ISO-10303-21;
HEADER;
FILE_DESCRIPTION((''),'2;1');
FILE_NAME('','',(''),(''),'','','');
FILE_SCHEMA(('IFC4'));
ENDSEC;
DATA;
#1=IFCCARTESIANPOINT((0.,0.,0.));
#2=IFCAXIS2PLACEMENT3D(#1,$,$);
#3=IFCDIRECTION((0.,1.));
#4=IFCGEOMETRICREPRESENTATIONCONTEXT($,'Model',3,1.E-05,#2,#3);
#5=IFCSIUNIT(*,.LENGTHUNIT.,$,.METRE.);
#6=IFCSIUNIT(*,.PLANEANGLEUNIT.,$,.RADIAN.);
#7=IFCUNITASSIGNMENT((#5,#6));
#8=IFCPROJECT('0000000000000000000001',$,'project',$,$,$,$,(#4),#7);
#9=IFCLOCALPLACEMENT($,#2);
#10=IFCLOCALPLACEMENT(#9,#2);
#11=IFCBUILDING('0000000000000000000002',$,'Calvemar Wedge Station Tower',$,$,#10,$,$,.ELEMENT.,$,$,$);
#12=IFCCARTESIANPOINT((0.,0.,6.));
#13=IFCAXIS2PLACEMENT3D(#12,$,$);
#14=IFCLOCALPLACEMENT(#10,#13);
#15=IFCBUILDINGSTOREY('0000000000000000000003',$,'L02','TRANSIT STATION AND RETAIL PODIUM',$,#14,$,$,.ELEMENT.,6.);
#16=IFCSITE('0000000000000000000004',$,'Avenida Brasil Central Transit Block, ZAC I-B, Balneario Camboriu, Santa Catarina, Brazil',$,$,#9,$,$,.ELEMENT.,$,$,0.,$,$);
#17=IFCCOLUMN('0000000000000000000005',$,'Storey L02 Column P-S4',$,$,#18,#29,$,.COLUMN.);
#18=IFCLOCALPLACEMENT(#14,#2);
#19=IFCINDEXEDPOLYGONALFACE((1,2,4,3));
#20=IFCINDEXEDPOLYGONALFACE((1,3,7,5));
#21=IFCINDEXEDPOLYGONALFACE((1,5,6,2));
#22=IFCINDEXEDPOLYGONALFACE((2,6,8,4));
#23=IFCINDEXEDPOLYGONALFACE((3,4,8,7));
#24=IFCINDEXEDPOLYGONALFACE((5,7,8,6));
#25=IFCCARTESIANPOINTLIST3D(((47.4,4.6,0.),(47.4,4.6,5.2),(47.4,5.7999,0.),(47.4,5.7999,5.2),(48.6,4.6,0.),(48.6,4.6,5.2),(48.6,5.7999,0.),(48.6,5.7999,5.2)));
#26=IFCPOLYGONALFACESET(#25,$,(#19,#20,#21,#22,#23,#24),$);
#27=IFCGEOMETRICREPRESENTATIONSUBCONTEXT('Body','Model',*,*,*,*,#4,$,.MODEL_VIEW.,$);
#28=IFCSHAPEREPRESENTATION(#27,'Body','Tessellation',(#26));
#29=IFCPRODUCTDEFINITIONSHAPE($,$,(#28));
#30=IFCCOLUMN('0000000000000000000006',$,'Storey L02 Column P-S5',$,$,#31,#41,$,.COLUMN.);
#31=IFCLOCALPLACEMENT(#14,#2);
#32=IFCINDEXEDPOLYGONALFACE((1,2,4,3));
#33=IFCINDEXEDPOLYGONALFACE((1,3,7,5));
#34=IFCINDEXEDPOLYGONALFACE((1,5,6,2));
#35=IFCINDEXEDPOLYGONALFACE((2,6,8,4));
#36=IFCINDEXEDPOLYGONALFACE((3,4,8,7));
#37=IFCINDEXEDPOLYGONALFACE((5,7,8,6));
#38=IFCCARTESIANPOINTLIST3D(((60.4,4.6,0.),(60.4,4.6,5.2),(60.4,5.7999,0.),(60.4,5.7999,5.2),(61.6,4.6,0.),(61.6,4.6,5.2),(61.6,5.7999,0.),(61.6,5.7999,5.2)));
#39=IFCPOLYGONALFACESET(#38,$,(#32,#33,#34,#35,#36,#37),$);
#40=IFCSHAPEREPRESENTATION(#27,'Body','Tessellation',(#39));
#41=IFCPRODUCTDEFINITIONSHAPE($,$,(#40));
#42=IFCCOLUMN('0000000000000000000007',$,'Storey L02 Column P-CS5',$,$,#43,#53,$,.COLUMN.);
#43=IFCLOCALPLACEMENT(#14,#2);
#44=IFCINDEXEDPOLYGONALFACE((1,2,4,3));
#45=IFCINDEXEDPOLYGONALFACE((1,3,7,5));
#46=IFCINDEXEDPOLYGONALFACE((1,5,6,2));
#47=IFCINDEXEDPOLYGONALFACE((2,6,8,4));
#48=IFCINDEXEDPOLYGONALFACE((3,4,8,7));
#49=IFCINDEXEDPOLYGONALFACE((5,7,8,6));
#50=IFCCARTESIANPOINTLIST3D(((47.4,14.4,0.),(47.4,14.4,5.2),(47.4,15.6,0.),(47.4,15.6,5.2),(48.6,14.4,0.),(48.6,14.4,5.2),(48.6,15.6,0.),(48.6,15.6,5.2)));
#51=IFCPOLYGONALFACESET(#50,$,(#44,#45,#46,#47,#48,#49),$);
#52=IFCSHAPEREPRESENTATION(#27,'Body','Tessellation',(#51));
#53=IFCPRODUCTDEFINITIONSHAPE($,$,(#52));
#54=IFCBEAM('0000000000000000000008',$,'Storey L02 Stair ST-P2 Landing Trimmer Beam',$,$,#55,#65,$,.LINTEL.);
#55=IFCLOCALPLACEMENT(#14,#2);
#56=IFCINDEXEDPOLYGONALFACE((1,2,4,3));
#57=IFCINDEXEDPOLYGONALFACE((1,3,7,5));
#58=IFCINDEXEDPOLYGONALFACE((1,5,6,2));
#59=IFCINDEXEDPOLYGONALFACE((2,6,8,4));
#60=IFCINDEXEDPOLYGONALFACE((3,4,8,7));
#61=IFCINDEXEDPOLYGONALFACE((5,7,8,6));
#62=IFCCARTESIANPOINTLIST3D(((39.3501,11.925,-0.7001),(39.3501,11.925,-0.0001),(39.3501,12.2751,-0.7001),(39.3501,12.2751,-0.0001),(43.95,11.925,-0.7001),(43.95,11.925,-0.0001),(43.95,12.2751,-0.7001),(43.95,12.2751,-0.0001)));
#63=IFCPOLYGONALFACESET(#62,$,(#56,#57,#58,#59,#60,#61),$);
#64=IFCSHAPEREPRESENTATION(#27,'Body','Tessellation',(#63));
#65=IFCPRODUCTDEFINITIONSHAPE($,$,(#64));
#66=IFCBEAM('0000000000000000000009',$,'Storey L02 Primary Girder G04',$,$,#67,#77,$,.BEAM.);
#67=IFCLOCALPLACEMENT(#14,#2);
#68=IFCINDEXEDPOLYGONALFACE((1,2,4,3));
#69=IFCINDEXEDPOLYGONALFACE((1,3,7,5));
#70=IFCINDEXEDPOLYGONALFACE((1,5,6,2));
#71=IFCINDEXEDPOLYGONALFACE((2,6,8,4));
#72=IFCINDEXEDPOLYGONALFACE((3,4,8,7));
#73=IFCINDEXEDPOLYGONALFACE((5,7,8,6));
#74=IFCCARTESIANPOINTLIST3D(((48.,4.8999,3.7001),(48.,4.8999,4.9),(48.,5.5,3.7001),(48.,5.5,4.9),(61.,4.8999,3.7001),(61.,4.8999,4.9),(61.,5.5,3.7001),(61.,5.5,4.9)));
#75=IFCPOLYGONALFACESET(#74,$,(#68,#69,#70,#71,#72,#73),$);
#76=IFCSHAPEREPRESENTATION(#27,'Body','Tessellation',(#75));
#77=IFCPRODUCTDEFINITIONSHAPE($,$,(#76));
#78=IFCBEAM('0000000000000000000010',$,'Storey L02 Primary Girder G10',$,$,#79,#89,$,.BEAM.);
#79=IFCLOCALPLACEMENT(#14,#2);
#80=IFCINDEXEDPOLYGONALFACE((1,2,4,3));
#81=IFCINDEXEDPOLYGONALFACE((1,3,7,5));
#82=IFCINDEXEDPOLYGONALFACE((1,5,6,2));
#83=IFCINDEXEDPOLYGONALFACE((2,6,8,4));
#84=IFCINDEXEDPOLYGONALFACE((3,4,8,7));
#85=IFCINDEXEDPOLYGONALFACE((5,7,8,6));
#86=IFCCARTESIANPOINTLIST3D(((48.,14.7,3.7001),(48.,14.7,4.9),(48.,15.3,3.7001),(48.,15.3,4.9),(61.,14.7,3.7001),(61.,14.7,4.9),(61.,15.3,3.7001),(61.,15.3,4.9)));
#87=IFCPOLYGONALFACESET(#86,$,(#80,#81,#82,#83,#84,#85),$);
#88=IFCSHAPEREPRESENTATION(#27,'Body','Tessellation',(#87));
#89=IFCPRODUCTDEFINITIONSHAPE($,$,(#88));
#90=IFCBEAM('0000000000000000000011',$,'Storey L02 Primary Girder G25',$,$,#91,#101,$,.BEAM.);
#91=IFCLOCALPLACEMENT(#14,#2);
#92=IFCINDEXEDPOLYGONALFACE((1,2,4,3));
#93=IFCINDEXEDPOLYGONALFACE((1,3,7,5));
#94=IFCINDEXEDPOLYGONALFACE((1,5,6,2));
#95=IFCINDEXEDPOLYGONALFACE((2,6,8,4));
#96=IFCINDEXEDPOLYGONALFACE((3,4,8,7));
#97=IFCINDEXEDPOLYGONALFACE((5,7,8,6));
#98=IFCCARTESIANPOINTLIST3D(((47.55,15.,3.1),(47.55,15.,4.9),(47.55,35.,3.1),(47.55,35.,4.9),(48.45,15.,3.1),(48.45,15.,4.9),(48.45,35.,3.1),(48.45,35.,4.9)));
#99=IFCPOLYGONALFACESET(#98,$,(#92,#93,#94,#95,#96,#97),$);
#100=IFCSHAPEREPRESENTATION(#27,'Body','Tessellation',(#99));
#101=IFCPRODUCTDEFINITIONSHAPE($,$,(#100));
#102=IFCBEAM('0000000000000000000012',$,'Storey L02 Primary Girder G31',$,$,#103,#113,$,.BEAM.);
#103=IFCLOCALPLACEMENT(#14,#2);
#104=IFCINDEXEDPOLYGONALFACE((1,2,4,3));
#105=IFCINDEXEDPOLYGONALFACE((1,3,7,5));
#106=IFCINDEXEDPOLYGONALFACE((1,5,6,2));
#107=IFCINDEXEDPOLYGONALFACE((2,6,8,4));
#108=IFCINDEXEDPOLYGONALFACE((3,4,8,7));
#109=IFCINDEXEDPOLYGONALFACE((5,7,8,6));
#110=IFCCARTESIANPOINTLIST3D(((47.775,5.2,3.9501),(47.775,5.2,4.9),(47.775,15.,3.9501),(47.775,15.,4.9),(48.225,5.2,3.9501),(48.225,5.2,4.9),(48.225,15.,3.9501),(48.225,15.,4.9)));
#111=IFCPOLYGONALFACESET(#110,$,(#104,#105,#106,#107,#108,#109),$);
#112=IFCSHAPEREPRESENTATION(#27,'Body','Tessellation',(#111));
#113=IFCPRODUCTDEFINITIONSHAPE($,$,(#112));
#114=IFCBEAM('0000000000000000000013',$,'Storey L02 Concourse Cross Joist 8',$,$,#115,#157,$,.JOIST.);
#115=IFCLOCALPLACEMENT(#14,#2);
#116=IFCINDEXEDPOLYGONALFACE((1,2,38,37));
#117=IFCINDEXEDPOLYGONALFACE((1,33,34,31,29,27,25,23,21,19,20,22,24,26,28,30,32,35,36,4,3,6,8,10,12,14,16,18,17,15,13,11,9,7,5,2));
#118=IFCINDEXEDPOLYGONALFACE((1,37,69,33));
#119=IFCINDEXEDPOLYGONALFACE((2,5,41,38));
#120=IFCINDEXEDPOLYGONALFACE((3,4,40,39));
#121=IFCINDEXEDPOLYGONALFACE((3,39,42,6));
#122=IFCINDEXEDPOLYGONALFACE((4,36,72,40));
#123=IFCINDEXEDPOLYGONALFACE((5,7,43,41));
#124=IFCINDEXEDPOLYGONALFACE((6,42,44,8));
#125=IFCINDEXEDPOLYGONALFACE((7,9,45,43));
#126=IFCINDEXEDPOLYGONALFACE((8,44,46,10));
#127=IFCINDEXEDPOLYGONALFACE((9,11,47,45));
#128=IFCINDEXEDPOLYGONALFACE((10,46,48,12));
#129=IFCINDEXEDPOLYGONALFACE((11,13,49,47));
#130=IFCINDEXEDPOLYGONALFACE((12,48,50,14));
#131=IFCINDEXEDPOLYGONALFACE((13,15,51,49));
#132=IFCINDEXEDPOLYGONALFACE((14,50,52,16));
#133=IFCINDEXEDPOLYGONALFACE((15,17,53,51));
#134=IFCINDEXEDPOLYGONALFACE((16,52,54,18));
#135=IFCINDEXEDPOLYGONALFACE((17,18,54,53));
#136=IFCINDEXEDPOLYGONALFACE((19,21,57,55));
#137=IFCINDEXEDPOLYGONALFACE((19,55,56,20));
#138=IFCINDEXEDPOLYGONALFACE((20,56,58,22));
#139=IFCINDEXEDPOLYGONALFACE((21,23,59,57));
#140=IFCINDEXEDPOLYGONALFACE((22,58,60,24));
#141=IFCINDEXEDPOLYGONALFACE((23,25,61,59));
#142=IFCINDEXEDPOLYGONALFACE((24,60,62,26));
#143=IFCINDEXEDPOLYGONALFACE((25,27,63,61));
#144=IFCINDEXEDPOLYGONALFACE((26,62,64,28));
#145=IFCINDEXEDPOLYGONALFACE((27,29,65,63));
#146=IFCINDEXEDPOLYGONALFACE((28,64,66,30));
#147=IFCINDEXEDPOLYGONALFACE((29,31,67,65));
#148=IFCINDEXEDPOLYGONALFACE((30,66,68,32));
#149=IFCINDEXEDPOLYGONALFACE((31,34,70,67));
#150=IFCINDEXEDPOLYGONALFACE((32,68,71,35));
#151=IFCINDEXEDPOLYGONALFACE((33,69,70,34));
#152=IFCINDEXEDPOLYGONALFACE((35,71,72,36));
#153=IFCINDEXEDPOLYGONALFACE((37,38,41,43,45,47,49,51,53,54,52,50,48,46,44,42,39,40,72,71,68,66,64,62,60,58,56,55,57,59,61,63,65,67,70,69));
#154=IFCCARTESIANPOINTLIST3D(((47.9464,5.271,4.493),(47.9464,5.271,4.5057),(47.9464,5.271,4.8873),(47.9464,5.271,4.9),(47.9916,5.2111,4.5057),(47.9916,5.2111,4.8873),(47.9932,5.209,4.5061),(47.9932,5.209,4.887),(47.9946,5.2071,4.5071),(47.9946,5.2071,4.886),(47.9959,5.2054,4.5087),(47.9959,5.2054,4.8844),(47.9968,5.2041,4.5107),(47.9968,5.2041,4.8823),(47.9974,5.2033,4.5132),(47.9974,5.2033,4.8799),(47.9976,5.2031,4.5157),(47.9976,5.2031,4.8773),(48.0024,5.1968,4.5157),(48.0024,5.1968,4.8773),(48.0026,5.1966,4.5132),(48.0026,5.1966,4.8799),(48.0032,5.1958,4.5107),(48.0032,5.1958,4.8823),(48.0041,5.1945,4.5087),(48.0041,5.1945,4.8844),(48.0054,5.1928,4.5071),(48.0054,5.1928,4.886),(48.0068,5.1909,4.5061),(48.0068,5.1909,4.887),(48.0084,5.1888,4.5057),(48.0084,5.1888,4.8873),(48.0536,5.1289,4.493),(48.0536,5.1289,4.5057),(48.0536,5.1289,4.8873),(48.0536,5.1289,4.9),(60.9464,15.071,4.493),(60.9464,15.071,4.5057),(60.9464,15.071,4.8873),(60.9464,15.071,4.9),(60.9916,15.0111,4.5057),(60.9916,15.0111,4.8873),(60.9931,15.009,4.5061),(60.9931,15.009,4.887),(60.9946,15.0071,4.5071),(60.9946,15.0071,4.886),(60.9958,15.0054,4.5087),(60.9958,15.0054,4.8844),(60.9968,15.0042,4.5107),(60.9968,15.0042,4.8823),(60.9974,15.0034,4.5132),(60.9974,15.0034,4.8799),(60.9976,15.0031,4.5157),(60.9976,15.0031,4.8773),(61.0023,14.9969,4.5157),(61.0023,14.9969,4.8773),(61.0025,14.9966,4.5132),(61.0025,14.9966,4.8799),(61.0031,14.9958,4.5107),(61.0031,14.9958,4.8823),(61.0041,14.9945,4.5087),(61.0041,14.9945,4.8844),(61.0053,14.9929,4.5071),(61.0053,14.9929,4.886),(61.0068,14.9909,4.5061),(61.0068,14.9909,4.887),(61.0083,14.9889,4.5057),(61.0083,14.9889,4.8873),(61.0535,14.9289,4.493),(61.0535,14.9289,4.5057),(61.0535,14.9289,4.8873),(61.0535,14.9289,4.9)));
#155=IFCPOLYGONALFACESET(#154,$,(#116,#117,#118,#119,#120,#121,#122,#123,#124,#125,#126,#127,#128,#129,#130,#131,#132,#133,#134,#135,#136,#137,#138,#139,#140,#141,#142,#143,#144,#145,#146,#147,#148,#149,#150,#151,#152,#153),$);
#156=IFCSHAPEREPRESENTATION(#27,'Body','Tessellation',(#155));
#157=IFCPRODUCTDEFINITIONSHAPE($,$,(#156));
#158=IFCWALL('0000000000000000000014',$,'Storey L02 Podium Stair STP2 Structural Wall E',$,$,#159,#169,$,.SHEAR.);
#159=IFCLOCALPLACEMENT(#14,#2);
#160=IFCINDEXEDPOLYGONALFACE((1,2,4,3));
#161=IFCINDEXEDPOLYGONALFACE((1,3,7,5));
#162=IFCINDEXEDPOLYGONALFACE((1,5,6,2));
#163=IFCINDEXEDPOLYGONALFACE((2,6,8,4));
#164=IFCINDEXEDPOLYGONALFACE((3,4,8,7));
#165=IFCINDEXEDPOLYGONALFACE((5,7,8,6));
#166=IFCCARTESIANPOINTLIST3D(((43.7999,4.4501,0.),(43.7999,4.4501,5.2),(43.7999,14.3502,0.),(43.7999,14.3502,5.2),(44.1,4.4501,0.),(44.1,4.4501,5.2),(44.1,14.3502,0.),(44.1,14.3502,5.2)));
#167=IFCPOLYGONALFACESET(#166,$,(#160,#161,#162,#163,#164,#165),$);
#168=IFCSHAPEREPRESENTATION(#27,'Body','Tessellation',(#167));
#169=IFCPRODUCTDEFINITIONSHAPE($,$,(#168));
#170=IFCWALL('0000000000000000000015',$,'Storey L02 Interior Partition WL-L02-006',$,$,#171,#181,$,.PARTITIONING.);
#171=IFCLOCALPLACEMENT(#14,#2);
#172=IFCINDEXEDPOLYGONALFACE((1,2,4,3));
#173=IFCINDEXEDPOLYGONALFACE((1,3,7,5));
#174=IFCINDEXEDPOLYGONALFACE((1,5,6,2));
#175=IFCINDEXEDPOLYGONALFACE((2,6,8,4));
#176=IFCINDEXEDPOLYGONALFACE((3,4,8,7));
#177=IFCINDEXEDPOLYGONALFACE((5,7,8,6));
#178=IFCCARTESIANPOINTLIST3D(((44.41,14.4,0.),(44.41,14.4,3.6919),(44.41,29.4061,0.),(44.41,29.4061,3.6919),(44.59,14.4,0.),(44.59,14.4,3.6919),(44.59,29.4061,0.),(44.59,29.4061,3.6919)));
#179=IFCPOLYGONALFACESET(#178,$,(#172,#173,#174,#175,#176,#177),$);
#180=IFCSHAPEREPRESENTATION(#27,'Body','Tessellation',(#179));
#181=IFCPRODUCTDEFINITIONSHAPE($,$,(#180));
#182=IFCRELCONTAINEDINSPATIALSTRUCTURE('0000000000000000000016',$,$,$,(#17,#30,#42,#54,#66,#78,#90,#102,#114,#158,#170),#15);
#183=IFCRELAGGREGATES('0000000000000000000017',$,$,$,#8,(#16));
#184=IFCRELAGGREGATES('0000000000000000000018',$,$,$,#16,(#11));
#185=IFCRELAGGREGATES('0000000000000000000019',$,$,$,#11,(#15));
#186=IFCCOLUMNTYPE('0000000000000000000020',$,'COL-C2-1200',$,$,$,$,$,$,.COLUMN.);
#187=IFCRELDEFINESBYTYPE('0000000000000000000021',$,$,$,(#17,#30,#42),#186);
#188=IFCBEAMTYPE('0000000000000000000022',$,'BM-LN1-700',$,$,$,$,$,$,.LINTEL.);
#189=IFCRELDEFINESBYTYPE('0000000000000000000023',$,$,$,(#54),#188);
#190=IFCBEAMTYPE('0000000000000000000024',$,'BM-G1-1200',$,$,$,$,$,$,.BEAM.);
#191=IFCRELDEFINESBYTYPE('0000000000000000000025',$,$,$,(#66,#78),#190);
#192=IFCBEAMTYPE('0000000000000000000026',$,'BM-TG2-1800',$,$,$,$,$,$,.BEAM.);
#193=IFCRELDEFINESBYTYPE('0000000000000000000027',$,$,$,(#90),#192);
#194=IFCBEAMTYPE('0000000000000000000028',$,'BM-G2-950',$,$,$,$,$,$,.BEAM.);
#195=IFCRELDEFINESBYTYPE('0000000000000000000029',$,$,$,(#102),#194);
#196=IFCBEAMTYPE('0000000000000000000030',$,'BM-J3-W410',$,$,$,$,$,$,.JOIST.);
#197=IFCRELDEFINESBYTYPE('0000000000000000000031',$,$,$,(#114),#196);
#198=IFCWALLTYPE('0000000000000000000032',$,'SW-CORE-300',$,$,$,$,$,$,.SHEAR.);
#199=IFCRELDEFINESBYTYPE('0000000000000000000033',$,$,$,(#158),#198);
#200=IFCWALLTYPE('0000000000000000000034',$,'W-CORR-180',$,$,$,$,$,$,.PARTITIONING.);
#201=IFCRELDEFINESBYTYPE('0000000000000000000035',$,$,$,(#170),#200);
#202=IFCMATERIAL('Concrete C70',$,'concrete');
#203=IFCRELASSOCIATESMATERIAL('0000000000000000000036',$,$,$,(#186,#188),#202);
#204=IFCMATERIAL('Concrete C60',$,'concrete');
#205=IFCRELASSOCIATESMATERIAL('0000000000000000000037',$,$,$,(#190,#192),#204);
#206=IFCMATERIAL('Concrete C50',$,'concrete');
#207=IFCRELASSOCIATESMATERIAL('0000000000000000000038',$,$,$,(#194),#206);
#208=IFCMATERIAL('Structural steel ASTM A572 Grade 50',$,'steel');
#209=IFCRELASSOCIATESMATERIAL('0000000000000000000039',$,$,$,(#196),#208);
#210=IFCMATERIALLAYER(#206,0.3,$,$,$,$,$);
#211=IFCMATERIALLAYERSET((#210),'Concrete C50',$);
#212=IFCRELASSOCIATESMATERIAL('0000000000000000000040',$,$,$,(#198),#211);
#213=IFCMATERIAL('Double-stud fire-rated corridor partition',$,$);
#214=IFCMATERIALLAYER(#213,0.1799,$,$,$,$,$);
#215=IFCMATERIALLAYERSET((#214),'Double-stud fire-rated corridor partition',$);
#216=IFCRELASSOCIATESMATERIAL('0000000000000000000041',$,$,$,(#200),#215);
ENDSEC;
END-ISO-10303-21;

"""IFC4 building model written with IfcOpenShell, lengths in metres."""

from ifc_helpers import new_model, si_unit, direction, frame, frame_2d, origin, origin_2d, place, context, subcontext, project, spatial, rectangle, i_section, extrude, source, transform, mapped, material, layer, layer_set, material_profile, profile_set, type_object, element, save


model = new_model("IFC4")

# Units and contexts
model_context = context("Model", 3, precision=1e-05, world=origin(), true_north=direction((0.0, 1.0)))
body_context = subcontext(model_context, "Body", "Model", "MODEL_VIEW")
ifc_project = project(units=[si_unit("LENGTHUNIT", "METRE"), si_unit("PLANEANGLEUNIT", "RADIAN")], contexts=[model_context])

# Site, building, storey
site_placement = place(None, origin())
site = spatial("IfcSite", under=ifc_project, at=site_placement, Name="Avenida Brasil Central Transit Block, ZAC I-B, Balneario Camboriu, Santa Catarina, Brazil", CompositionType="ELEMENT", RefElevation=0.0)
building_placement = place(site_placement, origin())
building = spatial("IfcBuilding", under=site, at=building_placement, Name="Calvemar Wedge Station Tower", CompositionType="ELEMENT")
storey_placement = place(building_placement, frame((0.0, 0.0, 6.0)))
storey = spatial("IfcBuildingStorey", under=building, at=storey_placement, Name="L02", Description="TRANSIT STATION AND RETAIL PODIUM", CompositionType="ELEMENT", Elevation=6.0)

# Columns
ifc_material_1 = material(Name="Concrete C70", Category="concrete")
ifc_material_profile_1 = material_profile(ifc_material_1, rectangle(XDim=1.2, YDim=1.2, at=origin_2d()), Name="RC1200x1200")
ifc_profile_set_1 = profile_set([ifc_material_profile_1], Name="Concrete C70")
column_type = type_object("IfcColumnType", Name="COL-C2-1200", PredefinedType="COLUMN", material=ifc_profile_set_1)
shared_shape_1 = source(origin(), body_context, "Body", "SweptSolid", [
    extrude(rectangle(XDim=1.2, YDim=1.2, at=origin_2d()), origin(), (0.0, 0.0, 1.0), 5.2),
])
for number, where, z_axis, x_axis, name in (
    (1, (48.0, 5.2, 0.0), (0.0, 0.0, 1.0), (1.0, 0.0, 0.0), "Storey L02 Column P-S4"),
    (2, (61.0, 5.2, 0.0), (0.0, 0.0, 1.0), (1.0, 0.0, 0.0), "Storey L02 Column P-S5"),
    (3, (48.0, 15.0, 0.0), (0.0, 0.0, 1.0), (1.0, 0.0, 0.0), "Storey L02 Column P-CS5"),
):
    element("IfcColumn", number, at=place(storey_placement, frame(where, z_axis=z_axis, x_axis=x_axis)), inside=storey, type_object=column_type, Name=name, PredefinedType="COLUMN", context=body_context, shape_type="MappedRepresentation", body=[
        mapped(shared_shape_1, transform((0.0, 0.0, 0.0), scale=1.0)),
    ])

# Beams
ifc_material_profile_2 = material_profile(ifc_material_1, rectangle(XDim=0.3501, YDim=0.7, at=origin_2d()), Name="RC350x700")
ifc_profile_set_2 = profile_set([ifc_material_profile_2], Name="Concrete C70")
beam_type_1 = type_object("IfcBeamType", Name="BM-LN1-700", PredefinedType="LINTEL", material=ifc_profile_set_2)
shared_shape_2 = source(origin(), body_context, "Body", "SweptSolid", [
    extrude(rectangle(XDim=0.3501, YDim=0.7, at=origin_2d()), origin(), (0.0, 0.0, 1.0), 4.5999),
])
beam_1_placement = place(storey_placement, frame((39.3501, 12.1001, -0.3501), z_axis=(1.0, 0.0, 0.0), x_axis=(0.0, 1.0, 0.0)))
element("IfcBeam", 4, at=beam_1_placement, inside=storey, type_object=beam_type_1, Name="Storey L02 Stair ST-P2 Landing Trimmer Beam", PredefinedType="LINTEL", context=body_context, shape_type="MappedRepresentation", body=[
    mapped(shared_shape_2, transform((0.0, 0.0, 0.0), scale=1.0)),
])
ifc_material_2 = material(Name="Concrete C60", Category="concrete")
ifc_material_profile_3 = material_profile(ifc_material_2, rectangle(XDim=0.6001, YDim=1.2, at=origin_2d()), Name="RC600x1200")
ifc_profile_set_3 = profile_set([ifc_material_profile_3], Name="Concrete C60")
beam_type_2 = type_object("IfcBeamType", Name="BM-G1-1200", PredefinedType="BEAM", material=ifc_profile_set_3)
shared_shape_3 = source(origin(), body_context, "Body", "SweptSolid", [
    extrude(rectangle(XDim=0.6001, YDim=1.2, at=origin_2d()), origin(), (0.0, 0.0, 1.0), 13.0),
])
for number, where, z_axis, x_axis, name in (
    (5, (48.0, 5.2, 4.3), (1.0, 0.0, 0.0), (0.0, 1.0, 0.0), "Storey L02 Primary Girder G04"),
    (6, (48.0, 15.0, 4.3), (1.0, 0.0, 0.0), (0.0, 1.0, 0.0), "Storey L02 Primary Girder G10"),
):
    element("IfcBeam", number, at=place(storey_placement, frame(where, z_axis=z_axis, x_axis=x_axis)), inside=storey, type_object=beam_type_2, Name=name, PredefinedType="BEAM", context=body_context, shape_type="MappedRepresentation", body=[
        mapped(shared_shape_3, transform((0.0, 0.0, 0.0), scale=1.0)),
    ])
ifc_material_profile_4 = material_profile(ifc_material_2, rectangle(XDim=0.8999, YDim=1.8, at=origin_2d()), Name="RC900x1800")
ifc_profile_set_4 = profile_set([ifc_material_profile_4], Name="Concrete C60")
beam_type_3 = type_object("IfcBeamType", Name="BM-TG2-1800", PredefinedType="BEAM", material=ifc_profile_set_4)
shared_shape_4 = source(origin(), body_context, "Body", "SweptSolid", [
    extrude(rectangle(XDim=0.8999, YDim=1.8, at=origin_2d()), origin(), (0.0, 0.0, 1.0), 20.0),
])
beam_2_placement = place(storey_placement, frame((48.0, 15.0, 4.0), z_axis=(0.0, 1.0, 0.0), x_axis=(-1.0, 0.0, 0.0)))
element("IfcBeam", 7, at=beam_2_placement, inside=storey, type_object=beam_type_3, Name="Storey L02 Primary Girder G25", PredefinedType="BEAM", context=body_context, shape_type="MappedRepresentation", body=[
    mapped(shared_shape_4, transform((0.0, 0.0, 0.0), scale=1.0)),
])
ifc_material_3 = material(Name="Concrete C50", Category="concrete")
ifc_material_profile_5 = material_profile(ifc_material_3, rectangle(XDim=0.45, YDim=0.95, at=origin_2d()), Name="RC450x950")
ifc_profile_set_5 = profile_set([ifc_material_profile_5], Name="Concrete C50")
beam_type_4 = type_object("IfcBeamType", Name="BM-G2-950", PredefinedType="BEAM", material=ifc_profile_set_5)
shared_shape_5 = source(origin(), body_context, "Body", "SweptSolid", [
    extrude(rectangle(XDim=0.45, YDim=0.95, at=origin_2d()), origin(), (0.0, 0.0, 1.0), 9.8),
])
beam_3_placement = place(storey_placement, frame((48.0, 5.2, 4.425), z_axis=(0.0, 1.0, 0.0), x_axis=(-1.0, 0.0, 0.0)))
element("IfcBeam", 8, at=beam_3_placement, inside=storey, type_object=beam_type_4, Name="Storey L02 Primary Girder G31", PredefinedType="BEAM", context=body_context, shape_type="MappedRepresentation", body=[
    mapped(shared_shape_5, transform((0.0, 0.0, 0.0), scale=1.0)),
])
ifc_material_4 = material(Name="Structural steel ASTM A572 Grade 50", Category="steel")
ifc_material_profile_6 = material_profile(ifc_material_4, i_section(OverallWidth=0.178, OverallDepth=0.407, WebThickness=0.0078, FlangeThickness=0.0127, FilletRadius=0.01, at=origin_2d()), Name="W410x60")
ifc_profile_set_6 = profile_set([ifc_material_profile_6], Name="Structural steel ASTM A572 Grade 50")
beam_type_5 = type_object("IfcBeamType", Name="BM-J3-W410", PredefinedType="JOIST", material=ifc_profile_set_6)
shared_shape_6 = source(origin(), body_context, "Body", "SweptSolid", [
    extrude(i_section(OverallWidth=0.178, OverallDepth=0.407, WebThickness=0.0078, FlangeThickness=0.0127, FilletRadius=0.01, at=origin_2d()), origin(), (0.0, 0.0, 1.0), 16.28),
])
beam_4_placement = place(storey_placement, frame((48.0, 5.2, 4.6965), z_axis=(0.798522, 0.601966, 0.0), x_axis=(-0.601966, 0.798522, 0.0)))
element("IfcBeam", 9, at=beam_4_placement, inside=storey, type_object=beam_type_5, Name="Storey L02 Concourse Cross Joist 8", PredefinedType="JOIST", context=body_context, shape_type="MappedRepresentation", body=[
    mapped(shared_shape_6, transform((0.0, 0.0, 0.0), scale=1.0)),
])

# Walls
ifc_layer_1 = layer(ifc_material_3, 0.3)
ifc_layer_set_1 = layer_set([ifc_layer_1], Name="Concrete C50")
wall_type_1 = type_object("IfcWallType", Name="SW-CORE-300", PredefinedType="SHEAR", material=ifc_layer_set_1)
wall_1_placement = place(storey_placement, frame((43.95, 4.45, 0.0), z_axis=(0.0, 0.0, 1.0), x_axis=(0.0, 1.0, 0.0)))
element("IfcWall", 10, at=wall_1_placement, inside=storey, type_object=wall_type_1, Name="Storey L02 Podium Stair STP2 Structural Wall E", PredefinedType="SHEAR", context=body_context, shape_type="SweptSolid", body=[
    extrude(rectangle(XDim=9.9001, YDim=0.3, at=frame_2d((4.9502, 0.0))), origin(), (0.0, 0.0, 1.0), 5.2),
])
ifc_material_5 = material(Name="Double-stud fire-rated corridor partition")
ifc_layer_2 = layer(ifc_material_5, 0.1799)
ifc_layer_set_2 = layer_set([ifc_layer_2], Name="Double-stud fire-rated corridor partition")
wall_type_2 = type_object("IfcWallType", Name="W-CORR-180", PredefinedType="PARTITIONING", material=ifc_layer_set_2)
wall_2_placement = place(storey_placement, frame((44.5, 29.406, 0.0), z_axis=(0.0, 0.0, 1.0), x_axis=(0.0, -1.0, 0.0)))
element("IfcWall", 11, at=wall_2_placement, inside=storey, type_object=wall_type_2, Name="Storey L02 Interior Partition WL-L02-006", PredefinedType="PARTITIONING", context=body_context, shape_type="SweptSolid", body=[
    extrude(rectangle(XDim=15.0061, YDim=0.1799, at=frame_2d((7.5029, 0.0))), origin(), (0.0, 0.0, 1.0), 3.6919),
])

save(model, "model.ifc")
